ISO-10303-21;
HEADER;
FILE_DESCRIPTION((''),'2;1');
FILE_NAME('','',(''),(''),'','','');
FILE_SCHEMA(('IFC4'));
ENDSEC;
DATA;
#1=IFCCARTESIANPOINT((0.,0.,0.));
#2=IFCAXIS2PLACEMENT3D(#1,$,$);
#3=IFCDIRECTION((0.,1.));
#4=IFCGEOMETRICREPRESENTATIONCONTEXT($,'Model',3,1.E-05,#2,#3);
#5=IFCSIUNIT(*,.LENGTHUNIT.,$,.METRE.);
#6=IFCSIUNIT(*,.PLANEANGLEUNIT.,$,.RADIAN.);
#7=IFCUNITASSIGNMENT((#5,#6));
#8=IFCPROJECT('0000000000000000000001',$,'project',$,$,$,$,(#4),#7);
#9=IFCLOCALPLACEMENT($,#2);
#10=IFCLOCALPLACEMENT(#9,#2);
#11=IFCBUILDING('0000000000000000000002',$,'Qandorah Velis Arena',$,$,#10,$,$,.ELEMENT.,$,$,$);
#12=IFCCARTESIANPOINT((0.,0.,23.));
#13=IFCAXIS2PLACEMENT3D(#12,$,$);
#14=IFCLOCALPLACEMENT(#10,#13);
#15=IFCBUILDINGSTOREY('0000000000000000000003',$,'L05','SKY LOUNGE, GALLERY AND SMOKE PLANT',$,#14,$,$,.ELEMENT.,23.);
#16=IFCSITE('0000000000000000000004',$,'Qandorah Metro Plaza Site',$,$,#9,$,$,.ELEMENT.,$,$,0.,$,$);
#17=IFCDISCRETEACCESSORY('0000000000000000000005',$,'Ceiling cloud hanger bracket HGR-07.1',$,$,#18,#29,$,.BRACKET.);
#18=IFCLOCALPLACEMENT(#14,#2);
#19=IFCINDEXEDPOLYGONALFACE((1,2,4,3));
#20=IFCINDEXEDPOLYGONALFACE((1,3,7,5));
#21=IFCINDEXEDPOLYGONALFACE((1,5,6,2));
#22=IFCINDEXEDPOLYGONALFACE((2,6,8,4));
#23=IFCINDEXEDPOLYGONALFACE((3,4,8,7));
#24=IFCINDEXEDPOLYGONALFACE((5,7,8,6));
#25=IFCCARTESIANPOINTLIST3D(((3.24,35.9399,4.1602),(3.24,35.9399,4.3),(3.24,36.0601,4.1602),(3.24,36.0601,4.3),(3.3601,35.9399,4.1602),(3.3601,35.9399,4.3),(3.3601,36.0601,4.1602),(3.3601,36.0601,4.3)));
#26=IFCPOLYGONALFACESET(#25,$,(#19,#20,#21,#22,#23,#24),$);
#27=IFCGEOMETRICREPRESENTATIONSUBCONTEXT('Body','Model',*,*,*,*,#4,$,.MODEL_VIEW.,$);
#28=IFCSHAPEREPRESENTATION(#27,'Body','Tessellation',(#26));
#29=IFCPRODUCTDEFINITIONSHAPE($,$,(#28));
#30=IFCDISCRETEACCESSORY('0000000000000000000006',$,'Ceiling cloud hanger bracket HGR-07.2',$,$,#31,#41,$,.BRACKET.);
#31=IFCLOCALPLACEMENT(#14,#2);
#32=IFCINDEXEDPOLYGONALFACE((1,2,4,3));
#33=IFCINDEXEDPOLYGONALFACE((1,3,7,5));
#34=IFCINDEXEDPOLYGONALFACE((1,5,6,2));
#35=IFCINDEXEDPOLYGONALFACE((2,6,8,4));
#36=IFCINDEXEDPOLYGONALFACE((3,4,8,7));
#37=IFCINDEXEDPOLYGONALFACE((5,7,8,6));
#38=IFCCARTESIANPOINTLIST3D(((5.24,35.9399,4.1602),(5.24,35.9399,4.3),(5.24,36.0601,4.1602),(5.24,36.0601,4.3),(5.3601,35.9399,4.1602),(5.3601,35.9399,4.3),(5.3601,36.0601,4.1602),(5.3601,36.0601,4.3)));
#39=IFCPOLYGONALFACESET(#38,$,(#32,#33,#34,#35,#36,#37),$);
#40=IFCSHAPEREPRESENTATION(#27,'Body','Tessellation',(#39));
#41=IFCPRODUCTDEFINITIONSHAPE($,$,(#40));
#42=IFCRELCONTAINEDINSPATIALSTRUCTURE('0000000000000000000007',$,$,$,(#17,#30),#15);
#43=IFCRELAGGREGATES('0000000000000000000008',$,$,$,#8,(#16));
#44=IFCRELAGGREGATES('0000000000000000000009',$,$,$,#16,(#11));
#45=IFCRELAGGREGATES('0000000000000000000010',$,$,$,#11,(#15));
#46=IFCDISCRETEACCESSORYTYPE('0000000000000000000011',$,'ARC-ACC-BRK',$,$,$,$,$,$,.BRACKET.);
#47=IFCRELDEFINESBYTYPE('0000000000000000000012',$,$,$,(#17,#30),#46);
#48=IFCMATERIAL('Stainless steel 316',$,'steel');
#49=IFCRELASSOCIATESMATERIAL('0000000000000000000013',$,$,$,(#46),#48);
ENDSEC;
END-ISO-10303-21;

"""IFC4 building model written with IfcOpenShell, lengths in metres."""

from ifc_helpers import new_model, si_unit, direction, frame, origin, origin_2d, place, context, subcontext, project, spatial, rectangle, extrude, material, type_object, element, save


model = new_model("IFC4")

# Units and contexts
model_context = context("Model", 3, precision=1e-05, world=origin(), true_north=direction((0.0, 1.0)))
body_context = subcontext(model_context, "Body", "Model", "MODEL_VIEW")
ifc_project = project(units=[si_unit("LENGTHUNIT", "METRE"), si_unit("PLANEANGLEUNIT", "RADIAN")], contexts=[model_context])

# Site, building, storey
site_placement = place(None, origin())
site = spatial("IfcSite", under=ifc_project, at=site_placement, Name="Qandorah Metro Plaza Site", CompositionType="ELEMENT", RefElevation=0.0)
building_placement = place(site_placement, origin())
building = spatial("IfcBuilding", under=site, at=building_placement, Name="Qandorah Velis Arena", CompositionType="ELEMENT")
storey_placement = place(building_placement, frame((0.0, 0.0, 23.0)))
storey = spatial("IfcBuildingStorey", under=building, at=storey_placement, Name="L05", Description="SKY LOUNGE, GALLERY AND SMOKE PLANT", CompositionType="ELEMENT", Elevation=23.0)

# Shared definitions
ifc_material_1 = material(Name="Stainless steel 316", Category="steel")

# Discrete accessories
discrete_accessory_type = type_object("IfcDiscreteAccessoryType", Name="ARC-ACC-BRK", PredefinedType="BRACKET", material=ifc_material_1)
for number, where, z_axis, x_axis, name in (
    (1, (3.3, 36.0, 4.1602), (0.0, 0.0, 1.0), (1.0, 0.0, 0.0), "Ceiling cloud hanger bracket HGR-07.1"),
    (2, (5.3, 36.0, 4.1602), (0.0, 0.0, 1.0), (1.0, 0.0, 0.0), "Ceiling cloud hanger bracket HGR-07.2"),
):
    element("IfcDiscreteAccessory", number, at=place(storey_placement, frame(where, z_axis=z_axis, x_axis=x_axis)), inside=storey, type_object=discrete_accessory_type, Name=name, PredefinedType="BRACKET", context=body_context, shape_type="SweptSolid", body=[
        extrude(rectangle(XDim=0.1201, YDim=0.1201, at=origin_2d()), origin(), (0.0, 0.0, 1.0), 0.1399),
    ])

save(model, "model.ifc")
